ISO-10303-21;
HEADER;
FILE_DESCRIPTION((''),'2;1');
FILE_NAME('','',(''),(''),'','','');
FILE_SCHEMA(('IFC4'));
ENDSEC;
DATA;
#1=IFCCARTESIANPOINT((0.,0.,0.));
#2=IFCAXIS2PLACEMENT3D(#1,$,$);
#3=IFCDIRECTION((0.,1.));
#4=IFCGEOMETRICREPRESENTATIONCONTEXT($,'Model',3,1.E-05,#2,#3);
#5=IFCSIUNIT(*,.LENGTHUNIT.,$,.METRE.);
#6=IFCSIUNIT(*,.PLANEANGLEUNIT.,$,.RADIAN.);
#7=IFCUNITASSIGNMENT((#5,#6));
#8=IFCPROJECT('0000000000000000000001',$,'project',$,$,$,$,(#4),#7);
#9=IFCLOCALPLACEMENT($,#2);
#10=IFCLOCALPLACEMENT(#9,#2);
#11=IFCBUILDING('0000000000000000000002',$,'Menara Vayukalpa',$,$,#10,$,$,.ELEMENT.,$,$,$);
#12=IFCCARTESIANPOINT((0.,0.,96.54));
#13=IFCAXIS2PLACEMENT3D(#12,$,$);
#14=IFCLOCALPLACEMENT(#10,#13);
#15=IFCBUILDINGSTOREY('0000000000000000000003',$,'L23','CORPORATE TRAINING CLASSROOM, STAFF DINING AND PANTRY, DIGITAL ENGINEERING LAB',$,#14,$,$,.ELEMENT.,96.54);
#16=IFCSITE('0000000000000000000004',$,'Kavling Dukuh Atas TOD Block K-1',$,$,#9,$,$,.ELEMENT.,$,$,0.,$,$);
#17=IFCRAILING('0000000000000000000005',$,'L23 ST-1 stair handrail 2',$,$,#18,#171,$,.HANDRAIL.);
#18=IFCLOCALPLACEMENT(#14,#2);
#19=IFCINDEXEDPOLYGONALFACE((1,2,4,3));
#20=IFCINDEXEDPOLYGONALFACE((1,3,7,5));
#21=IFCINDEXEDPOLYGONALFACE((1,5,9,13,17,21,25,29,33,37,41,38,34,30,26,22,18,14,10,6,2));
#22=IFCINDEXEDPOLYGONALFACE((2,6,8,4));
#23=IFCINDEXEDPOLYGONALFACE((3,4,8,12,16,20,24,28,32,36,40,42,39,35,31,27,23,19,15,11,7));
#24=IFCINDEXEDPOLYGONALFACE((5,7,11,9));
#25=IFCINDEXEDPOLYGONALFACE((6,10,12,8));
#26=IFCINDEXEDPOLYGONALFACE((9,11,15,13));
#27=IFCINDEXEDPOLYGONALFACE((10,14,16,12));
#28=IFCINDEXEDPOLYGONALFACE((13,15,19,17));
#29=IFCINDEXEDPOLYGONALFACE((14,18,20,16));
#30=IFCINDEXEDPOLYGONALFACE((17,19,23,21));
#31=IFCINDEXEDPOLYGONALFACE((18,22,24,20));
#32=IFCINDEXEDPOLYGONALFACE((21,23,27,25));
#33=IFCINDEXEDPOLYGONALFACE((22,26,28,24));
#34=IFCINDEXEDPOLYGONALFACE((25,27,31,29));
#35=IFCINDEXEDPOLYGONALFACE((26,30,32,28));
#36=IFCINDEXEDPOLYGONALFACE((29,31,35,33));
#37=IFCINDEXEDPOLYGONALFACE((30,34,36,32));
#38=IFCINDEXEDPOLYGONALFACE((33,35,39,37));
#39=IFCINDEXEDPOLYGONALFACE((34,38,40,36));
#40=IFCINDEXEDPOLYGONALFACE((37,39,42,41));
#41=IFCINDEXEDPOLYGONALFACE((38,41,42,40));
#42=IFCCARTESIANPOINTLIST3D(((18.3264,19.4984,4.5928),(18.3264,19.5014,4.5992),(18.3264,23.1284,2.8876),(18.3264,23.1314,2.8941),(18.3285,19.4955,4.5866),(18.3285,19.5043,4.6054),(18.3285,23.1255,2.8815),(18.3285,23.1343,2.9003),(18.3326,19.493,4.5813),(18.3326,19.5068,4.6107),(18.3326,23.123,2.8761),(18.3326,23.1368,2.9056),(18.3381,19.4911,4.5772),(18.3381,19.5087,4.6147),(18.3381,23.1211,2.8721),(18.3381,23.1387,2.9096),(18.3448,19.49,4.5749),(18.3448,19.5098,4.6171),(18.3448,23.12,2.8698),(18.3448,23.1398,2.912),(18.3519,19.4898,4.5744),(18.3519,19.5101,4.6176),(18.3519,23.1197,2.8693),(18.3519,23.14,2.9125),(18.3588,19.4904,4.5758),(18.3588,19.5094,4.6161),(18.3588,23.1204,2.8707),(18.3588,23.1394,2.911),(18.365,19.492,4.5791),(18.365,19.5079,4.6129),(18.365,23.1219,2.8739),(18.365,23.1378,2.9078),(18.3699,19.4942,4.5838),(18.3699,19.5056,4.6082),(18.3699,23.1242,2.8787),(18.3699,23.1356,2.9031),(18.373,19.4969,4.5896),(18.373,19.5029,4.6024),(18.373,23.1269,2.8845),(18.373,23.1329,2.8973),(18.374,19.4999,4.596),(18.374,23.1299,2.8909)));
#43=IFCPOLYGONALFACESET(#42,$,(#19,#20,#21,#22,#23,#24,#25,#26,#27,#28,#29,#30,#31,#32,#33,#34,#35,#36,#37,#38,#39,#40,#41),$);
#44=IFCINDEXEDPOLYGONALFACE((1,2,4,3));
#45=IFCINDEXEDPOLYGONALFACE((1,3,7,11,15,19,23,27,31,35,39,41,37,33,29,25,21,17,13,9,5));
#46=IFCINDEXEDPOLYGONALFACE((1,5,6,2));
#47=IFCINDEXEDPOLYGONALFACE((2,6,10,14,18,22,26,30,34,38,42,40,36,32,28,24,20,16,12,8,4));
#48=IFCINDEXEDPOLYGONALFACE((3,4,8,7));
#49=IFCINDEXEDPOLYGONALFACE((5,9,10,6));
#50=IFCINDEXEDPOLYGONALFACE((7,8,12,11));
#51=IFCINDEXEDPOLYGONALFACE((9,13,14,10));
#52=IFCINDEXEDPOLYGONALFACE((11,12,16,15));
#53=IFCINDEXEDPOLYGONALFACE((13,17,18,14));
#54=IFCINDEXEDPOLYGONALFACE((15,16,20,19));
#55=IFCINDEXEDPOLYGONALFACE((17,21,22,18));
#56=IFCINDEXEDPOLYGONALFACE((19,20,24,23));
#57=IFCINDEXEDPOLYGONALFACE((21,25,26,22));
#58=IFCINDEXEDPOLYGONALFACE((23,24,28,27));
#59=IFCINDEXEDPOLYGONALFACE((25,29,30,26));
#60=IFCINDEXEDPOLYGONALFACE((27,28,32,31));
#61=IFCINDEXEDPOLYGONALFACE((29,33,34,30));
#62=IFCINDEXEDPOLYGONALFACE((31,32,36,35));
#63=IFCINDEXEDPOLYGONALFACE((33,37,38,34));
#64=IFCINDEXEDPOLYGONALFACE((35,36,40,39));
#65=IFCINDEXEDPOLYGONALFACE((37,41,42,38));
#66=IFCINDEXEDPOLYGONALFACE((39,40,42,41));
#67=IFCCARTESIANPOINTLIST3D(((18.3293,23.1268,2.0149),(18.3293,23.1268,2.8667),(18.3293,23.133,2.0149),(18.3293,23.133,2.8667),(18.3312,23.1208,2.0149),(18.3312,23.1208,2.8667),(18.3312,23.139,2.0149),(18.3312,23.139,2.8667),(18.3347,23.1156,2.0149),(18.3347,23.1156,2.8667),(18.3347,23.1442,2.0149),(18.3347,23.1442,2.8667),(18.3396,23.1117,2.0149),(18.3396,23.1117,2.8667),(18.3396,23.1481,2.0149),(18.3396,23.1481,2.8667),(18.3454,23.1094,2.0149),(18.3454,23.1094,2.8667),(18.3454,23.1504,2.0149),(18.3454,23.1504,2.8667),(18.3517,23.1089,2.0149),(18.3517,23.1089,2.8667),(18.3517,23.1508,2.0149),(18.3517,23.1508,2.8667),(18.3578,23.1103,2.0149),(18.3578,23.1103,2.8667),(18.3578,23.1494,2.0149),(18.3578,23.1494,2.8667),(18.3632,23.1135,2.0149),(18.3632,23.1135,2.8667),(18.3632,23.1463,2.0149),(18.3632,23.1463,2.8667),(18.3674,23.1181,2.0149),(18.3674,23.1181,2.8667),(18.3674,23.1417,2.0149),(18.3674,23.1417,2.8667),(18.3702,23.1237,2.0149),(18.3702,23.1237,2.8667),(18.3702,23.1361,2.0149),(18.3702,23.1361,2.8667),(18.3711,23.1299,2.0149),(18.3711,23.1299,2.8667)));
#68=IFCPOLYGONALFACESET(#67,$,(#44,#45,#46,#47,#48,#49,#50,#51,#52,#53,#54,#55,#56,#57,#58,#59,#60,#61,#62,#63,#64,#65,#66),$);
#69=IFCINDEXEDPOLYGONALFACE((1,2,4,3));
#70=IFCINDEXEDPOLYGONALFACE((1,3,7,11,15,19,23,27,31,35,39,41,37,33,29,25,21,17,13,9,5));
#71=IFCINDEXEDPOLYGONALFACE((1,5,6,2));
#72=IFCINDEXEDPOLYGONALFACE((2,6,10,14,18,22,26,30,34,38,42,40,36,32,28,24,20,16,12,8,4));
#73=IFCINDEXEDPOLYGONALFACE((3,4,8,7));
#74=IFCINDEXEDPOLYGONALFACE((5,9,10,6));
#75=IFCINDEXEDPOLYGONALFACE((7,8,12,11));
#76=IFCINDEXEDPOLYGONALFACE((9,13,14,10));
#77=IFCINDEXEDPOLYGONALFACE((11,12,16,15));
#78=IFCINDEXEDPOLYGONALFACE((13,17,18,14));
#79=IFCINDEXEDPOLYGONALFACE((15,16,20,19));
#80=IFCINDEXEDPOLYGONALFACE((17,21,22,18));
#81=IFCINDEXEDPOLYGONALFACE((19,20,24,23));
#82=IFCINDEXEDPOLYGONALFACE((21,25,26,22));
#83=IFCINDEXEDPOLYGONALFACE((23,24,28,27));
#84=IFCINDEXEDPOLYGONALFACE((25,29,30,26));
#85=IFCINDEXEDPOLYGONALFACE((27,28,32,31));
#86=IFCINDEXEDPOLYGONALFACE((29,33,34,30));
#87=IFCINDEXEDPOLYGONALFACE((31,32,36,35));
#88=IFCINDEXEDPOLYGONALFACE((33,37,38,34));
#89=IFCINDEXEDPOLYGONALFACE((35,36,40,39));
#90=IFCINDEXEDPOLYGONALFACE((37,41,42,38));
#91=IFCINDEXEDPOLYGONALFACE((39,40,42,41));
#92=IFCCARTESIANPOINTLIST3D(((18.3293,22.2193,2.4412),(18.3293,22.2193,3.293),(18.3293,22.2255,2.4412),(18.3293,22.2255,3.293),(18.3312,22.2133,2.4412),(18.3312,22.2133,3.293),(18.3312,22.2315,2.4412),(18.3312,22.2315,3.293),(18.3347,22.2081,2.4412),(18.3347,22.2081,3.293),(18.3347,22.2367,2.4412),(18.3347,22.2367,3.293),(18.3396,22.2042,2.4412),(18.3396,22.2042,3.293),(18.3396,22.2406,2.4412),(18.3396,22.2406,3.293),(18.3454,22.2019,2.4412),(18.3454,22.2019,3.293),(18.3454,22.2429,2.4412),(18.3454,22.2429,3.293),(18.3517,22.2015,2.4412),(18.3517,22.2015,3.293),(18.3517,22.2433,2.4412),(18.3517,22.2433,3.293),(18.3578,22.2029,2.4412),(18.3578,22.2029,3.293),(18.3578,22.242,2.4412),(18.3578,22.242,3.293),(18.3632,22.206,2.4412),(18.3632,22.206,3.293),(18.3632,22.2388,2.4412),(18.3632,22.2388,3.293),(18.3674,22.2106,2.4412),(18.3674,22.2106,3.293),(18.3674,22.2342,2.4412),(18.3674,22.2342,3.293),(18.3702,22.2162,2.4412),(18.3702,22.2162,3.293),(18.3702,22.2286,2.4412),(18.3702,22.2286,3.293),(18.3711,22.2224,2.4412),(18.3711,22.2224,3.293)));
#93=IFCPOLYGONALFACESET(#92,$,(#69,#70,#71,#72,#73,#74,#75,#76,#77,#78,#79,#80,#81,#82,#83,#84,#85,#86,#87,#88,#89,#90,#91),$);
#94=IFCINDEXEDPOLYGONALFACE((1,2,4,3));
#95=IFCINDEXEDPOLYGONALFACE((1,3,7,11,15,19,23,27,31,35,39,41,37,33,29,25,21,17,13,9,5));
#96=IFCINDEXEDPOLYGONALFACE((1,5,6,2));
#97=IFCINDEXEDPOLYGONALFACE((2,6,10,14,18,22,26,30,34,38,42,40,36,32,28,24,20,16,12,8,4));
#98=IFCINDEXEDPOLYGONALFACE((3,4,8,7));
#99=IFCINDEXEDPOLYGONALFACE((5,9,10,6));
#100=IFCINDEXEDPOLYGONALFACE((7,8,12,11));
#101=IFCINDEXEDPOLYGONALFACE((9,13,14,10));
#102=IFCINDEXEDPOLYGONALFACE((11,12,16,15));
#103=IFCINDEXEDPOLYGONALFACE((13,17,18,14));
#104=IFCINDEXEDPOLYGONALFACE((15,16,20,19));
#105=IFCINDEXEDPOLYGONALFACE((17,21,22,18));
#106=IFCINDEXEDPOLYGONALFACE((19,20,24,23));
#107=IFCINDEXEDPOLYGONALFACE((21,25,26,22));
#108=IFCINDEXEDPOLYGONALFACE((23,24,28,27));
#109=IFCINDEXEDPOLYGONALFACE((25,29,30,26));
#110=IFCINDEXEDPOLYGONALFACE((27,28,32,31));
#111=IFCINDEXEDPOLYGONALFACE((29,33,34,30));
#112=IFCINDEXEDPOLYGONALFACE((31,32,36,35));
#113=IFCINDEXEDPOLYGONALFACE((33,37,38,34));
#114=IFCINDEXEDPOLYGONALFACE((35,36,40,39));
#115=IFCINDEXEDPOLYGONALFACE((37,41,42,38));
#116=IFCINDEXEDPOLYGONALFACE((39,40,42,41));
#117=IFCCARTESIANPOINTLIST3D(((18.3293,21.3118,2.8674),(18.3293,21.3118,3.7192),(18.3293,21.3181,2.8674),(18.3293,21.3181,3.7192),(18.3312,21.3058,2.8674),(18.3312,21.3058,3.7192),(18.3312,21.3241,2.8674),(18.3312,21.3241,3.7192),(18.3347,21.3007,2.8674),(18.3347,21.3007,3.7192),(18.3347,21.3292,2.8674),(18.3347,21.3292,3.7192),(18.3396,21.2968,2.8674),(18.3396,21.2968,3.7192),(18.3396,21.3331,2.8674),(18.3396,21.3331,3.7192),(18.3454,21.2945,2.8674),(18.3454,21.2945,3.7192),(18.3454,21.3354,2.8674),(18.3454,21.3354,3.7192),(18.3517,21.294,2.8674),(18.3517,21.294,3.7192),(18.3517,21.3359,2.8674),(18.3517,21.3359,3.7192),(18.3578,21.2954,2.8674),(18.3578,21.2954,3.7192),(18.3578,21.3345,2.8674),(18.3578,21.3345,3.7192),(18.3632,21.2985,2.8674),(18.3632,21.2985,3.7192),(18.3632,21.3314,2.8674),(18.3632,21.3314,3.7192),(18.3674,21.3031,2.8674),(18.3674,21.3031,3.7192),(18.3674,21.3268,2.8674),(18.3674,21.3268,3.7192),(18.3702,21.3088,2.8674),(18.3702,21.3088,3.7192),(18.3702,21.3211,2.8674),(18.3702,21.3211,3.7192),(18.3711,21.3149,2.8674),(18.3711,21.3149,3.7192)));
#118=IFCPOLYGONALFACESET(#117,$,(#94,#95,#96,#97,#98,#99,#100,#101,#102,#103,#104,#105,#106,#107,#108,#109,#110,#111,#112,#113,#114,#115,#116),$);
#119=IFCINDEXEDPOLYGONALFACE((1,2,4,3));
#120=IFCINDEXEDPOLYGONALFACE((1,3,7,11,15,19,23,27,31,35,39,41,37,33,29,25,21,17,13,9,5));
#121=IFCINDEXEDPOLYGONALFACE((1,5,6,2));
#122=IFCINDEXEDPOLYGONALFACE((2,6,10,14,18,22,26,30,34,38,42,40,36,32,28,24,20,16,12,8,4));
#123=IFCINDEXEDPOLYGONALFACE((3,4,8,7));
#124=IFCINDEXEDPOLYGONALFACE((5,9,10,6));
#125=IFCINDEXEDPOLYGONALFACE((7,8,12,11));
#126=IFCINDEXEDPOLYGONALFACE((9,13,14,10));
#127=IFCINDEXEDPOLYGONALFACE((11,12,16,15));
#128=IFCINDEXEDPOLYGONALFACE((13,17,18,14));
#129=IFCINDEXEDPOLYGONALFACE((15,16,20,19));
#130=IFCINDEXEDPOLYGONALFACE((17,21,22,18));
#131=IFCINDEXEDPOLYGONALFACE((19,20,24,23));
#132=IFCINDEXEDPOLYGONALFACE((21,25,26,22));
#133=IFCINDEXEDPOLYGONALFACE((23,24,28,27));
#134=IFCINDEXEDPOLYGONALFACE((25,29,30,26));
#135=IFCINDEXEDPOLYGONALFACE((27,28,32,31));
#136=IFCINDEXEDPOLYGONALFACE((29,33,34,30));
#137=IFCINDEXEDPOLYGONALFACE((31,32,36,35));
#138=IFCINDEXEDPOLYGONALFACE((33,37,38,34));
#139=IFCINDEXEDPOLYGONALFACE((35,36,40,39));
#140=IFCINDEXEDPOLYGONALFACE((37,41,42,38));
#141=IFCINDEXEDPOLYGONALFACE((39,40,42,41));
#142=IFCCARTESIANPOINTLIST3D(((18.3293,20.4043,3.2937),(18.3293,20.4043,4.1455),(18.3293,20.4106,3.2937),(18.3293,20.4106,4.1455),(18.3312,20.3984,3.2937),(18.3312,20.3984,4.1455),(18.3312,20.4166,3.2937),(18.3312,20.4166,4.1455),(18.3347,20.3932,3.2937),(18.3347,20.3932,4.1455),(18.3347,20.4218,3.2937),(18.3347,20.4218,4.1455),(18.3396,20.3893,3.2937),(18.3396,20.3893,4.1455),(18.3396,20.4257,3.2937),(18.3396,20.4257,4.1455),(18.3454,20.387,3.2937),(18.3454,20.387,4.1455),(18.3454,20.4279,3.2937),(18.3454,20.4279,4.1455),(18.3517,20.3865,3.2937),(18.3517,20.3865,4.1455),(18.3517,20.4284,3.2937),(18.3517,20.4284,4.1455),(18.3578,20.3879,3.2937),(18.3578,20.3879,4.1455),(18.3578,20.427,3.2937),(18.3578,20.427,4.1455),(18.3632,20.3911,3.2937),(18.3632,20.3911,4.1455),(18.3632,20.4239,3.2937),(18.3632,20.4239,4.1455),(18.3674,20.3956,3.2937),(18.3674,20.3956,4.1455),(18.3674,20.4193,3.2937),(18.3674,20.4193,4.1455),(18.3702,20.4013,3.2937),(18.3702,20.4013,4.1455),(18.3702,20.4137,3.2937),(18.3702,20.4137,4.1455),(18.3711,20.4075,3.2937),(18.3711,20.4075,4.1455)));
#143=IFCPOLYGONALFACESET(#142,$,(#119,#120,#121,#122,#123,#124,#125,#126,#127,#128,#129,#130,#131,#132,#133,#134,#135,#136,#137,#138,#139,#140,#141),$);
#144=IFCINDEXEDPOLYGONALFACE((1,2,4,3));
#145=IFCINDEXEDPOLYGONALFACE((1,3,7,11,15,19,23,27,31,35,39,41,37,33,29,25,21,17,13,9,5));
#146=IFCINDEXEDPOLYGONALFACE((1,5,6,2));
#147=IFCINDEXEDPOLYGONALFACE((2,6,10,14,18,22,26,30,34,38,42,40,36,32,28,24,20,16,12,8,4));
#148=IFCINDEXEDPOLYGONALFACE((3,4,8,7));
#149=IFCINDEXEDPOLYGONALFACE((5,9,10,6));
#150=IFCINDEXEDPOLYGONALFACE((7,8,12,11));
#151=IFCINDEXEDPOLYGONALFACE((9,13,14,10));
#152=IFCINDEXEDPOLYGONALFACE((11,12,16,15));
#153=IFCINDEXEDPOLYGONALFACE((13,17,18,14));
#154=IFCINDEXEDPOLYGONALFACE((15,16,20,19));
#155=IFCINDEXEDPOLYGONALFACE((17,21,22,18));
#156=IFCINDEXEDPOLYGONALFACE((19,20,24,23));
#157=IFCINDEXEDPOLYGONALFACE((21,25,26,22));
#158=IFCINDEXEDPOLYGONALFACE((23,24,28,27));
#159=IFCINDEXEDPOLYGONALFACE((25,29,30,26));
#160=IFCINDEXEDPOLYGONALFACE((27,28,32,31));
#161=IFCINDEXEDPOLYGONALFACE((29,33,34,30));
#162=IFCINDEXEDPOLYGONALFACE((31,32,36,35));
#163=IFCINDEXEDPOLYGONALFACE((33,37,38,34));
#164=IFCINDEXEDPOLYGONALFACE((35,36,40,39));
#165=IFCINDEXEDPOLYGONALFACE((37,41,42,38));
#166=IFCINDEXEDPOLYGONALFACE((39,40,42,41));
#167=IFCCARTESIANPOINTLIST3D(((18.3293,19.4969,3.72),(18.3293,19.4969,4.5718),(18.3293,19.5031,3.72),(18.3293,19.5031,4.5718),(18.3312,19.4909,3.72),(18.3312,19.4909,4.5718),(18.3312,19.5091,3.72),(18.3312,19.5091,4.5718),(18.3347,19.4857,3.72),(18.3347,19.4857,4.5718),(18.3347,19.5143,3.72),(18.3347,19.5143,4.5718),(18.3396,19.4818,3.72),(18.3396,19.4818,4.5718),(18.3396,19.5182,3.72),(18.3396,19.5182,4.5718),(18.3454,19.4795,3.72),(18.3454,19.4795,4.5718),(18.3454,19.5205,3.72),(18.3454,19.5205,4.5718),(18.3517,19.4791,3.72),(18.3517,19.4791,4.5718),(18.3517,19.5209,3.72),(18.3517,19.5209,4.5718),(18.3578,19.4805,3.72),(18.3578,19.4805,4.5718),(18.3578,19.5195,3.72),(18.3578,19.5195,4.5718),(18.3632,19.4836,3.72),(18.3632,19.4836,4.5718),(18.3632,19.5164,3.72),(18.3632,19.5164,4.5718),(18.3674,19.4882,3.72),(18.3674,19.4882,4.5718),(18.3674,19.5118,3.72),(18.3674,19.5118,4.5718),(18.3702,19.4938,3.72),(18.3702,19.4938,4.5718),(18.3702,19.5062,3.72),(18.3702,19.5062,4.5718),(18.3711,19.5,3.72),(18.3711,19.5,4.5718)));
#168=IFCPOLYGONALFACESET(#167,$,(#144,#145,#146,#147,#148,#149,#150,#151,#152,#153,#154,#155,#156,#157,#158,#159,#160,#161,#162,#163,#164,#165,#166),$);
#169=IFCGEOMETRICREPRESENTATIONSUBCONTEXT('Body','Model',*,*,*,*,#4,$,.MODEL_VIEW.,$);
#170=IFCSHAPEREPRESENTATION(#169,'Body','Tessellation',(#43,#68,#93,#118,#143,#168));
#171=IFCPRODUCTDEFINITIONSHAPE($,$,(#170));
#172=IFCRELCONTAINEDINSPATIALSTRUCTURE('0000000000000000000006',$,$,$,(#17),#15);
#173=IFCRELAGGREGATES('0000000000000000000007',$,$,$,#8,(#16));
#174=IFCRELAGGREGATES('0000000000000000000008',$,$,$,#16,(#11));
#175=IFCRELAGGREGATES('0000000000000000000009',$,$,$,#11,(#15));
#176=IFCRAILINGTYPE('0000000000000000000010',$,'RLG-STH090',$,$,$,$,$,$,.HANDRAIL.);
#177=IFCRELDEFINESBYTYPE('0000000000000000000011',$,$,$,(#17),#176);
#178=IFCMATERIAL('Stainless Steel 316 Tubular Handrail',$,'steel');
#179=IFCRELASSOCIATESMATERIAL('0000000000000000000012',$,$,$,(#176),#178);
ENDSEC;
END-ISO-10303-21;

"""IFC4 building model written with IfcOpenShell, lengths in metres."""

from ifc_helpers import new_model, si_unit, direction, frame, origin, origin_2d, place, context, subcontext, project, spatial, circle, extrude, material, type_object, element, save


model = new_model("IFC4")

# Units and contexts
model_context = context("Model", 3, precision=1e-05, world=origin(), true_north=direction((0.0, 1.0)))
body_context = subcontext(model_context, "Body", "Model", "MODEL_VIEW")
ifc_project = project(units=[si_unit("LENGTHUNIT", "METRE"), si_unit("PLANEANGLEUNIT", "RADIAN")], contexts=[model_context])

# Site, building, storey
site_placement = place(None, origin())
site = spatial("IfcSite", under=ifc_project, at=site_placement, Name="Kavling Dukuh Atas TOD Block K-1", CompositionType="ELEMENT", RefElevation=0.0)
building_placement = place(site_placement, origin())
building = spatial("IfcBuilding", under=site, at=building_placement, Name="Menara Vayukalpa", CompositionType="ELEMENT")
storey_placement = place(building_placement, frame((0.0, 0.0, 96.54)))
storey = spatial("IfcBuildingStorey", under=building, at=storey_placement, Name="L23", Description="CORPORATE TRAINING CLASSROOM, STAFF DINING AND PANTRY, DIGITAL ENGINEERING LAB", CompositionType="ELEMENT", Elevation=96.54)

# Railing
ifc_material_1 = material(Name="Stainless Steel 316 Tubular Handrail", Category="steel")
railing_type_1 = type_object("IfcRailingType", Name="RLG-STH090", PredefinedType="HANDRAIL", material=ifc_material_1)
railing_1_placement = place(storey_placement, frame((18.3501, 23.1299, 2.0149)))
element("IfcRailing", 1, at=railing_1_placement, inside=storey, type_object=railing_type_1, Name="L23 ST-1 stair handrail 2", PredefinedType="HANDRAIL", context=body_context, shape_type="SweptSolid", body=[
    extrude(circle(Radius=0.0239, at=origin_2d()), frame((0.0, 0.0, 0.876), z_axis=(0.0, -0.905116, 0.425164), x_axis=(1.0, 0.0, 0.0)), (0.0, 0.0, 1.0), 4.0105),
    extrude(circle(Radius=0.021, at=origin_2d()), origin(), (0.0, 0.0, 1.0), 0.8518),
    extrude(circle(Radius=0.021, at=origin_2d()), frame((0.0, -0.9075, 0.4263)), (0.0, 0.0, 1.0), 0.8518),
    extrude(circle(Radius=0.021, at=origin_2d()), frame((0.0, -1.8149, 0.8525)), (0.0, 0.0, 1.0), 0.8518),
    extrude(circle(Radius=0.021, at=origin_2d()), frame((0.0, -2.7224, 1.2788)), (0.0, 0.0, 1.0), 0.8518),
    extrude(circle(Radius=0.021, at=origin_2d()), frame((0.0, -3.6299, 1.7051)), (0.0, 0.0, 1.0), 0.8518),
])

save(model, "model.ifc")
